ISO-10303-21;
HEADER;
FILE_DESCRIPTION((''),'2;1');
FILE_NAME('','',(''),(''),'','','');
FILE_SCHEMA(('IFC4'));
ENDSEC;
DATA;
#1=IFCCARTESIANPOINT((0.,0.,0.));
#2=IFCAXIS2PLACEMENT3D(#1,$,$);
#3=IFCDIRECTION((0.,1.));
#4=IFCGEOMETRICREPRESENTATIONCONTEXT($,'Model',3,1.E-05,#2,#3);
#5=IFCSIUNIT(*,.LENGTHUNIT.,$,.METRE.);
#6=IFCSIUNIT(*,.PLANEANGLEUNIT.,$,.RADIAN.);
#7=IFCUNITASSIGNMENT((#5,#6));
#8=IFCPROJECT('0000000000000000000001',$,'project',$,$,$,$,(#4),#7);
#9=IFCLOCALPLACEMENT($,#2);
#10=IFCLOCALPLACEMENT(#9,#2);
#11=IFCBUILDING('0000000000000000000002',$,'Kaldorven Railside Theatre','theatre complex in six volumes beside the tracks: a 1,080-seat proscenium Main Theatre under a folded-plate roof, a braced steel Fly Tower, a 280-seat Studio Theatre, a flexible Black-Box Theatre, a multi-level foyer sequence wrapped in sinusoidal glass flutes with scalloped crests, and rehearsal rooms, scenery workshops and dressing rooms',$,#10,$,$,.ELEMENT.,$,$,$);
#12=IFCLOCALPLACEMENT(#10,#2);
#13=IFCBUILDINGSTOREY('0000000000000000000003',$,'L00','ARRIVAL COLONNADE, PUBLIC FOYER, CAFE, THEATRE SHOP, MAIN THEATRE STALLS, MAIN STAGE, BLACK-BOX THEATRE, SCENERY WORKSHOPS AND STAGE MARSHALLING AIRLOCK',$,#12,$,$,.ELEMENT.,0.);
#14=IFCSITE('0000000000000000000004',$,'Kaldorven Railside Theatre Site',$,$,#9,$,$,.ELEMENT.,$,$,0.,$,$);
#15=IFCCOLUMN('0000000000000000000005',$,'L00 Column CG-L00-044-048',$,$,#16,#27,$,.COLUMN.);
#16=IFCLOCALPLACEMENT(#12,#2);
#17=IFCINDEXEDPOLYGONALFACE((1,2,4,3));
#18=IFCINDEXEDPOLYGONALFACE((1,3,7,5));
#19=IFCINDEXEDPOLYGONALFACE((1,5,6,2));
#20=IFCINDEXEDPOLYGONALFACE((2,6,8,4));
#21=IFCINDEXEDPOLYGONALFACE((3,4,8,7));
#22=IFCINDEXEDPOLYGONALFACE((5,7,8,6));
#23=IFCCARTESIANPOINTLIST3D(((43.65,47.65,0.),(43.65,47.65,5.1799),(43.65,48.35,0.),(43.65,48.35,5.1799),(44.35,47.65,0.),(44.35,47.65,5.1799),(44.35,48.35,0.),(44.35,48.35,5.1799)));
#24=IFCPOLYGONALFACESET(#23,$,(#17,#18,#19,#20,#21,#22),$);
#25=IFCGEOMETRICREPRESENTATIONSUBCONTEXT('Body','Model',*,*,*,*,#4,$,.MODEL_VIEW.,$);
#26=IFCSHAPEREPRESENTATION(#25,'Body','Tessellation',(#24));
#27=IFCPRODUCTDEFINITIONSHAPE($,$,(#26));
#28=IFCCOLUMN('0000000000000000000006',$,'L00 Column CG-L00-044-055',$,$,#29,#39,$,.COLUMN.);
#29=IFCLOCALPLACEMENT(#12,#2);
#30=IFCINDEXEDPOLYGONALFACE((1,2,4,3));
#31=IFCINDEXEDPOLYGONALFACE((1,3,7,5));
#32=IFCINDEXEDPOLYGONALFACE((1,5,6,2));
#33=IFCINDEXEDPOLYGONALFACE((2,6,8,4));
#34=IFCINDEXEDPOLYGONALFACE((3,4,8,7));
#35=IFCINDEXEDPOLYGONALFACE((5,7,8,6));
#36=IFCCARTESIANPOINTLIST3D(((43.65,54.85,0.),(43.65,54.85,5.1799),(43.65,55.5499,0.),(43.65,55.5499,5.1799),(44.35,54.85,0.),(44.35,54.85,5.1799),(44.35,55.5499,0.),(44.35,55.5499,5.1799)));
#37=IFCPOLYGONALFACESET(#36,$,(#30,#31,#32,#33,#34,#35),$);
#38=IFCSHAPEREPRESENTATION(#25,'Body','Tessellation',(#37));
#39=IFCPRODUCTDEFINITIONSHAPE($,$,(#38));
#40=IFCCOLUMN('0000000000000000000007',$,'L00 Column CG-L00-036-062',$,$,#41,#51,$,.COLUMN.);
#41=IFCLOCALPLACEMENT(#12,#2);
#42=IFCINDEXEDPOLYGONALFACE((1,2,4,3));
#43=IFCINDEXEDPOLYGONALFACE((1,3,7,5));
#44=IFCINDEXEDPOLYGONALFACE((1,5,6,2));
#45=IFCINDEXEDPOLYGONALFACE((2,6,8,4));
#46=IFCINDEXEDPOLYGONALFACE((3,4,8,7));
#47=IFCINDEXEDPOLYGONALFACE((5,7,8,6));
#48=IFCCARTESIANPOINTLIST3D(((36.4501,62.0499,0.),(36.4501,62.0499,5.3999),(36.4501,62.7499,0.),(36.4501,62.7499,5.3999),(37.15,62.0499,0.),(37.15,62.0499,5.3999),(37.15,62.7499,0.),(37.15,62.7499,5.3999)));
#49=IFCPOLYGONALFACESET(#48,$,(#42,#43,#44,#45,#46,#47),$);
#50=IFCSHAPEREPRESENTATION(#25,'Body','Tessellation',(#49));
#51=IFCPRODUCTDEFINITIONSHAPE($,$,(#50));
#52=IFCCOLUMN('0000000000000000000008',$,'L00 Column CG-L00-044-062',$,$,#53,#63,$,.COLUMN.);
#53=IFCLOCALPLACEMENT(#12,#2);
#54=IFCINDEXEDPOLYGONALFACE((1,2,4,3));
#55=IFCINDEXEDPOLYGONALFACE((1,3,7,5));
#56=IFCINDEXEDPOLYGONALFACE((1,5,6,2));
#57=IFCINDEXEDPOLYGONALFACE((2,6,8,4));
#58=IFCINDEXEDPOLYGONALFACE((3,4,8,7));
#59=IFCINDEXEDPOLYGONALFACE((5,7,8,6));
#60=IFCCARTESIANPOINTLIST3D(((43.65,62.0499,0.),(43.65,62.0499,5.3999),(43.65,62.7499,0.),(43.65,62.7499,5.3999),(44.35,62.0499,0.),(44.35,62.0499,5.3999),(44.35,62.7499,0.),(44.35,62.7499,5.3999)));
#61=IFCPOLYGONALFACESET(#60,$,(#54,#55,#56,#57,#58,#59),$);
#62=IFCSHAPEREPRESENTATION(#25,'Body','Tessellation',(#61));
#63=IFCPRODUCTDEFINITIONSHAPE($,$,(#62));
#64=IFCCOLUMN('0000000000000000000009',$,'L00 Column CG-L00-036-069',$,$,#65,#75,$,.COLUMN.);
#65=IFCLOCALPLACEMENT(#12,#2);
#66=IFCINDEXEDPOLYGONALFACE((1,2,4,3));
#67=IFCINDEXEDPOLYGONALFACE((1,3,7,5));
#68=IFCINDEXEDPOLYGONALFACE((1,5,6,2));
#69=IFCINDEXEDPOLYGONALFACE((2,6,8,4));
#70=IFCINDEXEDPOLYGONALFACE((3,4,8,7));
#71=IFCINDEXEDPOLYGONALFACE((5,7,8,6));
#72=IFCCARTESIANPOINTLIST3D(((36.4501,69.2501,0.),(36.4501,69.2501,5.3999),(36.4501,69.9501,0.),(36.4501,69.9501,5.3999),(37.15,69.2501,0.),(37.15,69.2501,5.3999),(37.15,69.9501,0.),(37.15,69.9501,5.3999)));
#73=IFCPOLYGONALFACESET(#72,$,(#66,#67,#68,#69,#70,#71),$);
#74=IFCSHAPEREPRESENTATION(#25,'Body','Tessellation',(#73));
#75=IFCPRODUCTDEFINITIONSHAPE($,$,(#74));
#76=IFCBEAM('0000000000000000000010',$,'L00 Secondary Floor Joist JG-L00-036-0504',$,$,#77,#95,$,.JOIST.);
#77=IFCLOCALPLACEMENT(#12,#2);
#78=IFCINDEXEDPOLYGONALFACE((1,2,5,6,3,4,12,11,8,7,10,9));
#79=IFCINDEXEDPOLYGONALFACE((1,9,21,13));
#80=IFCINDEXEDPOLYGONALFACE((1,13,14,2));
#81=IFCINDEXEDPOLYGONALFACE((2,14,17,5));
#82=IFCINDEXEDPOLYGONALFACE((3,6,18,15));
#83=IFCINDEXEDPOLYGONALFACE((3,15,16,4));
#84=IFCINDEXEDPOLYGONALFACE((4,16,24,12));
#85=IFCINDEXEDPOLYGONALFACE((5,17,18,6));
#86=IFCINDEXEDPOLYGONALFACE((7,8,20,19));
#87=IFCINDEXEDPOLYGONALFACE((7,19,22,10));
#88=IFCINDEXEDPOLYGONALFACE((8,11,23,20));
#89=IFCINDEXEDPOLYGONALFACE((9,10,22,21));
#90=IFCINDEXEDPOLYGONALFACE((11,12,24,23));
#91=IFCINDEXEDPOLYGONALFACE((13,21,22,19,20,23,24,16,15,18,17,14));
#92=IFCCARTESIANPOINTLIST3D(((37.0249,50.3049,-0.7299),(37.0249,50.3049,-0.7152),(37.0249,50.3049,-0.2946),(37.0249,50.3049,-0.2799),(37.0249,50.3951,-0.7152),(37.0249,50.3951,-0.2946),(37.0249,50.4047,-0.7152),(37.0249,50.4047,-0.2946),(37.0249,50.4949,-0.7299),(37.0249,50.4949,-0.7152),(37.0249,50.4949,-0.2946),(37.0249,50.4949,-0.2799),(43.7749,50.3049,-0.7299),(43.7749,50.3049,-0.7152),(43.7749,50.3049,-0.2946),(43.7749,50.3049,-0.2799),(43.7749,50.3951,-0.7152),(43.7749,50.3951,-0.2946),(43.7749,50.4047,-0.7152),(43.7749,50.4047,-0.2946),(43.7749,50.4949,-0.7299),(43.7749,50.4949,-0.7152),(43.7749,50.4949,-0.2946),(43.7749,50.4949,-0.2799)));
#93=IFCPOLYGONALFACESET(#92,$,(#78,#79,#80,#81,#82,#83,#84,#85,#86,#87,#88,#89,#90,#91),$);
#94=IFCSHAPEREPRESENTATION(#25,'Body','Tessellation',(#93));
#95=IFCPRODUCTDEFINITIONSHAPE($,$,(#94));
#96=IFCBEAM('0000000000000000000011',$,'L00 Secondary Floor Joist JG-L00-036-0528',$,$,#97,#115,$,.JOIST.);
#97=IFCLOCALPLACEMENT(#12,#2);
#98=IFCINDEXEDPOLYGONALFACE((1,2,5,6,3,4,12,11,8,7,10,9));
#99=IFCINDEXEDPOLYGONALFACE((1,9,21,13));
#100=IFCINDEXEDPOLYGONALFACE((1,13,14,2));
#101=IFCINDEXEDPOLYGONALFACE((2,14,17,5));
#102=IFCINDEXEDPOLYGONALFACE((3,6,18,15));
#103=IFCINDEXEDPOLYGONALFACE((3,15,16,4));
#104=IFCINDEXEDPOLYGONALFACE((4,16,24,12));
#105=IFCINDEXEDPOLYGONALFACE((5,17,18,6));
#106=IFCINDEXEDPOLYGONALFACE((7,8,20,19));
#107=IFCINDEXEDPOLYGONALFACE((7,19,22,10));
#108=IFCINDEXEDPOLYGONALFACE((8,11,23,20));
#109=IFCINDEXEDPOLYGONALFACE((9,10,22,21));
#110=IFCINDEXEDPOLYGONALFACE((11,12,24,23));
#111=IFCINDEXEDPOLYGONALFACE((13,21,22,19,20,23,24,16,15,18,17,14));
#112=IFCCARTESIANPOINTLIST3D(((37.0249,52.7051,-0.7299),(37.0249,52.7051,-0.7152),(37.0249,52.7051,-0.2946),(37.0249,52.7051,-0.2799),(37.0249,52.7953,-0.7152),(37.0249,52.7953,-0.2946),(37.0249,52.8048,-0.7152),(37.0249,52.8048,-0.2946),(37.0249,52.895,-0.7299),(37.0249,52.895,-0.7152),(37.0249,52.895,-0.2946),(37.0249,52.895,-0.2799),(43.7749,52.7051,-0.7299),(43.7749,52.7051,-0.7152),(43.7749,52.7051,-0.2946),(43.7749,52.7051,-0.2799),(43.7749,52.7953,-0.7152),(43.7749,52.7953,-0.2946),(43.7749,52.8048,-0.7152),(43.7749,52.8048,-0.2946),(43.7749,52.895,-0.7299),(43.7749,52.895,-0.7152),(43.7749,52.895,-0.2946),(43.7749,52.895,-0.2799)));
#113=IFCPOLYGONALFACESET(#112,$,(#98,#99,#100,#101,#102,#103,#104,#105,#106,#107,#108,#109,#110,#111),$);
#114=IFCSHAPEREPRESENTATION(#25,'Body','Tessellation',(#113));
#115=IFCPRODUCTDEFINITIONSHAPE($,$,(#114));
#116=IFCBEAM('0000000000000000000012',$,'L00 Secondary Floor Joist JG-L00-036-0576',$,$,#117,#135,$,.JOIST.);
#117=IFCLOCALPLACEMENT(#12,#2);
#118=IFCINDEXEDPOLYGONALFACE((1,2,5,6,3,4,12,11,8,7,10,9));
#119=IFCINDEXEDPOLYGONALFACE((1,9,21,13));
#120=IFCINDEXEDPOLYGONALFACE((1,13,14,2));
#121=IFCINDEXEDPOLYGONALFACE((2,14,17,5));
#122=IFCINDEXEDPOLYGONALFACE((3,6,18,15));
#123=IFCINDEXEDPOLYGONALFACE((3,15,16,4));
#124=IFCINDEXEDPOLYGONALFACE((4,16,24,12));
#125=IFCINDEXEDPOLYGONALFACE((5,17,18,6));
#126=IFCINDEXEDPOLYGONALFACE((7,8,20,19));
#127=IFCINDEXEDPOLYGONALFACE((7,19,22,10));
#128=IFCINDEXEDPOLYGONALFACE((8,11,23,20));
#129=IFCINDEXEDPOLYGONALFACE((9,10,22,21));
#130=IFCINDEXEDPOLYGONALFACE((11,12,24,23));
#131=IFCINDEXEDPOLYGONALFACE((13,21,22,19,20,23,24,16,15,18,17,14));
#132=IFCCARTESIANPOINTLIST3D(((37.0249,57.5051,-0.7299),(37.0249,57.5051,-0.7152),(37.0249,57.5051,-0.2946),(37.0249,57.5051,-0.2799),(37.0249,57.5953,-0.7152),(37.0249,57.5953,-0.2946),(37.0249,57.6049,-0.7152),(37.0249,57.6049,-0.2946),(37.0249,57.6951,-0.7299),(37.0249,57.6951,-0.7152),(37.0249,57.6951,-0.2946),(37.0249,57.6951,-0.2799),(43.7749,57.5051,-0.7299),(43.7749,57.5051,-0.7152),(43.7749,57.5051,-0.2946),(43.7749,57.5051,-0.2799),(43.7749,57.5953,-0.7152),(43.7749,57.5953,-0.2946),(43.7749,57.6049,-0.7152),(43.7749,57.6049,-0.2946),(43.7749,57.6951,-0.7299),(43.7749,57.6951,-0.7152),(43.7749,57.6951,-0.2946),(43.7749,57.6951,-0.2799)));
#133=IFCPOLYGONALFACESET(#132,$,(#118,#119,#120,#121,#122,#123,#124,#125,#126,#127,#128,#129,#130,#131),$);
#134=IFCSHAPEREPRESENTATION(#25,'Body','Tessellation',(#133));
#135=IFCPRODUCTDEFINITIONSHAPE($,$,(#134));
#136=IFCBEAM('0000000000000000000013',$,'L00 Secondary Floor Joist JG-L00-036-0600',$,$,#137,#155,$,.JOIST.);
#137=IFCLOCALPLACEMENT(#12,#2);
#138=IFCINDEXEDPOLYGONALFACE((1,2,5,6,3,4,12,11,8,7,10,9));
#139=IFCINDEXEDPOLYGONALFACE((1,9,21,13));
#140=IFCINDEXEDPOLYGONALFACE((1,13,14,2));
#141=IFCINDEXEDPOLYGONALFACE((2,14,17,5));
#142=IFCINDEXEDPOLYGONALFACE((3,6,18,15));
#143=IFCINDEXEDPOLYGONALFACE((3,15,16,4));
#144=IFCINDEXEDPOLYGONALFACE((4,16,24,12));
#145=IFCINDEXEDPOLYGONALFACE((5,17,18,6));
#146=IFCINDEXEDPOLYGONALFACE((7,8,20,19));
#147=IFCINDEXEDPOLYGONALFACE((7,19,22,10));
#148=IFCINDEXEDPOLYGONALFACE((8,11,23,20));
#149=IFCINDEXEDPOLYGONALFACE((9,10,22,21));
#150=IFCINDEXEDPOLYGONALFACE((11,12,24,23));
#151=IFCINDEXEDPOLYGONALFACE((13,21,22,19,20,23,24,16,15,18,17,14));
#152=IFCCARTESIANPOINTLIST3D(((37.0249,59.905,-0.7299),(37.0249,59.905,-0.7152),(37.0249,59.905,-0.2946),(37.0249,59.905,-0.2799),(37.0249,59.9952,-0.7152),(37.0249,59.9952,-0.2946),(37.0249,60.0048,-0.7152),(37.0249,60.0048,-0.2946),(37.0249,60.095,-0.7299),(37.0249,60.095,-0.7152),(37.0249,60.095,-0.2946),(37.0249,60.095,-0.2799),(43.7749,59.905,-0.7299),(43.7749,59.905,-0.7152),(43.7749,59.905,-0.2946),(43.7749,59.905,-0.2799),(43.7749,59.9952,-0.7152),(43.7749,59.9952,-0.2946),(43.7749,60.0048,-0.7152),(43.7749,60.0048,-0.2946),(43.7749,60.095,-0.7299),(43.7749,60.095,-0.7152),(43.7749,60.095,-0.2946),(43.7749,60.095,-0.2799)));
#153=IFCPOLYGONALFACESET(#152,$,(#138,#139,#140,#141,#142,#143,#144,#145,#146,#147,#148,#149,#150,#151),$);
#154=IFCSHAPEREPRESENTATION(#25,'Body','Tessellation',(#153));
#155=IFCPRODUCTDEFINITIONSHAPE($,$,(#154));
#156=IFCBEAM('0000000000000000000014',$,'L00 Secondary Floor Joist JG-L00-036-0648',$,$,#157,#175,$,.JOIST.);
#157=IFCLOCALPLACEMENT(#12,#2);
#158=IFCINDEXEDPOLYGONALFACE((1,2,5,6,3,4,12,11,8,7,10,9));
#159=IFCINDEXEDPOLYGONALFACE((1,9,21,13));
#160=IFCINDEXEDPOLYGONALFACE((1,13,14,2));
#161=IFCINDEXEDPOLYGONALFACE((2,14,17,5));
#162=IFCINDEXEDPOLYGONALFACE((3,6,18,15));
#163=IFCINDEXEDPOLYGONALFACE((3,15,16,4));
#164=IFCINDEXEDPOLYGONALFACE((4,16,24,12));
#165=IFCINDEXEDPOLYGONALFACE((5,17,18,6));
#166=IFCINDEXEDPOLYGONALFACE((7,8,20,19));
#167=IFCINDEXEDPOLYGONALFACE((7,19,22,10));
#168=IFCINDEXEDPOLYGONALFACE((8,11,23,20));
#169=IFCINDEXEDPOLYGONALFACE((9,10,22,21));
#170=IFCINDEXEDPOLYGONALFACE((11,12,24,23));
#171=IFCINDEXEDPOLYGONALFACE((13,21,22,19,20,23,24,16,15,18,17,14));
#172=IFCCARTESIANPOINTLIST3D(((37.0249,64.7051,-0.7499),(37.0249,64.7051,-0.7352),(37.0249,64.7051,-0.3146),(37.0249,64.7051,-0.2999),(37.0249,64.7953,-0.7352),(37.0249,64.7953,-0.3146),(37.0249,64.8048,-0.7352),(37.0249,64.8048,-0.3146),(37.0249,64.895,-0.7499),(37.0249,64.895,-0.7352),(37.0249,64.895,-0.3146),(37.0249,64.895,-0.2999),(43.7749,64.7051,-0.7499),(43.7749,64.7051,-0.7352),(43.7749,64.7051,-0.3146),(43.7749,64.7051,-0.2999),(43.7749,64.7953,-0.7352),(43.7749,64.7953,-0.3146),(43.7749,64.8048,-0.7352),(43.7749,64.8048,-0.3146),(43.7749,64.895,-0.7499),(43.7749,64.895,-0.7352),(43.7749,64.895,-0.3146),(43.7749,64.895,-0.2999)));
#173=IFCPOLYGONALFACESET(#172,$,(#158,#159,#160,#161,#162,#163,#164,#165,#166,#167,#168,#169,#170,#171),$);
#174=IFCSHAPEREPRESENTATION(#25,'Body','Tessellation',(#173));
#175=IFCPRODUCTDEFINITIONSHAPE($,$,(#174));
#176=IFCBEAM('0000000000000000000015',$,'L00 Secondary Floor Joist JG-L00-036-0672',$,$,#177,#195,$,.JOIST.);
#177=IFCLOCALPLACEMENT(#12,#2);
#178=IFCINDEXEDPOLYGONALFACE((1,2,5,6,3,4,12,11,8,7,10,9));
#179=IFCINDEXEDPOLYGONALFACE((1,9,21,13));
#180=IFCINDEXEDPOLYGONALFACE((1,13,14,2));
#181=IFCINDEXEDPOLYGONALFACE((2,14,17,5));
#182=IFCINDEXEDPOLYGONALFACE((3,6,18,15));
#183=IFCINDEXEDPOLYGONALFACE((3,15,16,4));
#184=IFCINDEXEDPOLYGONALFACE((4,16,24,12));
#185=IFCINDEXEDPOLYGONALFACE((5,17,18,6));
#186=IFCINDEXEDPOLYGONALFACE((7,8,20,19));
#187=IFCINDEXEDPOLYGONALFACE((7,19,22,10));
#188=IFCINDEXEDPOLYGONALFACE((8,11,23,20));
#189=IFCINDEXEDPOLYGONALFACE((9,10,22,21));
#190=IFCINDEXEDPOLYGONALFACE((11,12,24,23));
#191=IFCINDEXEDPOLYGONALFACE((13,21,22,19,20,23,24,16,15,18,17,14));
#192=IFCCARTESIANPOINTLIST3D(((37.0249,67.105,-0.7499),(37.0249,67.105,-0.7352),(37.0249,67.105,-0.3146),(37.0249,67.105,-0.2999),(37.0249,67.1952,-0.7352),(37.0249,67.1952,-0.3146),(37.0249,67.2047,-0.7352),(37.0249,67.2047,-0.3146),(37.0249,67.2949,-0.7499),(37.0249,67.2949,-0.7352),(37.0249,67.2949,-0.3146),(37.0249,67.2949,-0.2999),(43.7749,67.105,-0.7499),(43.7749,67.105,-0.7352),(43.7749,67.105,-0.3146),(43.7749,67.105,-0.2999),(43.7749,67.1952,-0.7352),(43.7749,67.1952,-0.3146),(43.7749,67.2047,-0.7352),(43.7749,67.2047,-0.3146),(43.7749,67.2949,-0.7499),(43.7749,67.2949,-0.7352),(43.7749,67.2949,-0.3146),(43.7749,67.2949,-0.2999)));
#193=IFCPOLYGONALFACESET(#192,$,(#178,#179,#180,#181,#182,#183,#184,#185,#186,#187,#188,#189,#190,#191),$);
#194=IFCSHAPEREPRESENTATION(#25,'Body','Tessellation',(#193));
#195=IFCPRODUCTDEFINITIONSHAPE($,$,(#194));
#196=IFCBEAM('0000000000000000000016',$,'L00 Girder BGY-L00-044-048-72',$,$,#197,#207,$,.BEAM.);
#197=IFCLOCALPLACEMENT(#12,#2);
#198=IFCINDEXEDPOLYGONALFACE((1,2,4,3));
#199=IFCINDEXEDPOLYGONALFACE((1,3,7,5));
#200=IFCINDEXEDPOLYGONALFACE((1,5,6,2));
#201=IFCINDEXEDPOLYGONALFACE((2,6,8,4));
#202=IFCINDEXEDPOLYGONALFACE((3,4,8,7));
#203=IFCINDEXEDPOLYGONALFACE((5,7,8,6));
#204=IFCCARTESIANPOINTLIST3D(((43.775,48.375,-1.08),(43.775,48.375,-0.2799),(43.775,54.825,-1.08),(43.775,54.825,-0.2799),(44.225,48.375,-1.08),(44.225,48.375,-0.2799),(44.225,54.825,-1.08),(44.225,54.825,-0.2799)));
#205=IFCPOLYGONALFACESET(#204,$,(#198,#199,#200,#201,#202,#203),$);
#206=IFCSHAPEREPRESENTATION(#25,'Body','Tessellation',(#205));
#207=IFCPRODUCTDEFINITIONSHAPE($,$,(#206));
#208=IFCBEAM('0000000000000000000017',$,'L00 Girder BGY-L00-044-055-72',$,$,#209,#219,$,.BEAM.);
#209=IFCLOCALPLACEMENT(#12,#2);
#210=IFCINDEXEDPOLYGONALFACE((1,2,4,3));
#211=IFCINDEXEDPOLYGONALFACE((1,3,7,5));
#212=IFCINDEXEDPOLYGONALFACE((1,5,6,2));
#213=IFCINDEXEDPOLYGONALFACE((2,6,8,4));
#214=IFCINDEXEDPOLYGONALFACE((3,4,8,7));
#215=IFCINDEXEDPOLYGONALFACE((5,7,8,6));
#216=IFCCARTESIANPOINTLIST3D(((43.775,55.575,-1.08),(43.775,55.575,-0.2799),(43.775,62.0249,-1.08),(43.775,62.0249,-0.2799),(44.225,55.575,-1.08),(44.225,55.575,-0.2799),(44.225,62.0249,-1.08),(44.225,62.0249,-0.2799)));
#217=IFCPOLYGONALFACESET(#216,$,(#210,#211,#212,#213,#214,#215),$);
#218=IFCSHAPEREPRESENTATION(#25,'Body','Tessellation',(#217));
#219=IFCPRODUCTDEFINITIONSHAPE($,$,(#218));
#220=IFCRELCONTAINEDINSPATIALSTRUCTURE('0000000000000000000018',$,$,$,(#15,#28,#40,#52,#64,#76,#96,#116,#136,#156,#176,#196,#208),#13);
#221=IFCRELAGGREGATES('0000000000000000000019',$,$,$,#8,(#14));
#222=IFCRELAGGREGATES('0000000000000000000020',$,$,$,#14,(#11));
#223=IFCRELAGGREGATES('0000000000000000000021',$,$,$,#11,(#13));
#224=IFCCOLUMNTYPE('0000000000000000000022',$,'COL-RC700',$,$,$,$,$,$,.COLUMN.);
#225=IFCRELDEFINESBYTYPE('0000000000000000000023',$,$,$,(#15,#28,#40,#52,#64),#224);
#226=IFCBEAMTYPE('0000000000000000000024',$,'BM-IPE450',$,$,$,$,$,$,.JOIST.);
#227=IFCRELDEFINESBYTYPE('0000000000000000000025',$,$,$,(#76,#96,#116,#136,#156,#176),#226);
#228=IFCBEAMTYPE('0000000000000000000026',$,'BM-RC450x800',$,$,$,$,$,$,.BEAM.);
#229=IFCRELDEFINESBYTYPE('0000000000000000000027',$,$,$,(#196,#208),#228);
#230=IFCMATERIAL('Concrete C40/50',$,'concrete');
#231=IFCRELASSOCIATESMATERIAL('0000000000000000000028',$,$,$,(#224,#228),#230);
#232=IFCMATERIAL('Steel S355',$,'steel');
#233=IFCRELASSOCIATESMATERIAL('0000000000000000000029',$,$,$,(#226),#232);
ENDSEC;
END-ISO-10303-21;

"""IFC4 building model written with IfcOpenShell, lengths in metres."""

from ifc_helpers import new_model, si_unit, direction, frame, origin, origin_2d, place, context, subcontext, project, spatial, rectangle, i_section, extrude, material, material_profile, profile_set, type_object, element, save


model = new_model("IFC4")

# Units and contexts
model_context = context("Model", 3, precision=1e-05, world=origin(), true_north=direction((0.0, 1.0)))
body_context = subcontext(model_context, "Body", "Model", "MODEL_VIEW")
ifc_project = project(units=[si_unit("LENGTHUNIT", "METRE"), si_unit("PLANEANGLEUNIT", "RADIAN")], contexts=[model_context])

# Site, building, storey
site_placement = place(None, origin())
site = spatial("IfcSite", under=ifc_project, at=site_placement, Name="Kaldorven Railside Theatre Site", CompositionType="ELEMENT", RefElevation=0.0)
building_placement = place(site_placement, origin())
building = spatial("IfcBuilding", under=site, at=building_placement, Name="Kaldorven Railside Theatre", Description="theatre complex in six volumes beside the tracks: a 1,080-seat proscenium Main Theatre under a folded-plate roof, a braced steel Fly Tower, a 280-seat Studio Theatre, a flexible Black-Box Theatre, a multi-level foyer sequence wrapped in sinusoidal glass flutes with scalloped crests, and rehearsal rooms, scenery workshops and dressing rooms", CompositionType="ELEMENT")
storey_placement = place(building_placement, origin())
storey = spatial("IfcBuildingStorey", under=building, at=storey_placement, Name="L00", Description="ARRIVAL COLONNADE, PUBLIC FOYER, CAFE, THEATRE SHOP, MAIN THEATRE STALLS, MAIN STAGE, BLACK-BOX THEATRE, SCENERY WORKSHOPS AND STAGE MARSHALLING AIRLOCK", CompositionType="ELEMENT", Elevation=0.0)

# Columns
ifc_material_1 = material(Name="Concrete C40/50", Category="concrete")
ifc_material_profile_1 = material_profile(ifc_material_1, rectangle(XDim=0.7, YDim=0.7, at=origin_2d()), Name="RC 700x700")
ifc_profile_set_1 = profile_set([ifc_material_profile_1], Name="Concrete C40/50")
column_type = type_object("IfcColumnType", Name="COL-RC700", PredefinedType="COLUMN", material=ifc_profile_set_1)
for number, where, z_axis, x_axis, name in (
    (1, (44.0, 48.0, 0.0), (0.0, 0.0, 1.0), (1.0, 0.0, 0.0), "L00 Column CG-L00-044-048"),
    (2, (44.0, 55.2, 0.0), (0.0, 0.0, 1.0), (0.0, 1.0, 0.0), "L00 Column CG-L00-044-055"),
):
    element("IfcColumn", number, at=place(storey_placement, frame(where, z_axis=z_axis, x_axis=x_axis)), inside=storey, type_object=column_type, Name=name, PredefinedType="COLUMN", context=body_context, shape_type="SweptSolid", body=[
        extrude(rectangle(XDim=0.7, YDim=0.7, at=origin_2d()), origin(), (0.0, 0.0, 1.0), 5.1799),
    ])
for number, where, z_axis, x_axis, name in (
    (3, (36.8, 62.3999, 0.0), (0.0, 0.0, 1.0), (0.0, 1.0, 0.0), "L00 Column CG-L00-036-062"),
    (4, (44.0, 62.3999, 0.0), (0.0, 0.0, 1.0), (1.0, 0.0, 0.0), "L00 Column CG-L00-044-062"),
    (5, (36.8, 69.6001, 0.0), (0.0, 0.0, 1.0), (1.0, 0.0, 0.0), "L00 Column CG-L00-036-069"),
):
    element("IfcColumn", number, at=place(storey_placement, frame(where, z_axis=z_axis, x_axis=x_axis)), inside=storey, type_object=column_type, Name=name, PredefinedType="COLUMN", context=body_context, shape_type="SweptSolid", body=[
        extrude(rectangle(XDim=0.7, YDim=0.7, at=origin_2d()), origin(), (0.0, 0.0, 1.0), 5.3999),
    ])

# Beams
ifc_material_2 = material(Name="Steel S355", Category="steel")
ifc_material_profile_2 = material_profile(ifc_material_2, i_section(OverallWidth=0.1899, OverallDepth=0.45, WebThickness=0.0095, FlangeThickness=0.0146, at=origin_2d()), Name="IPE 450")
ifc_profile_set_2 = profile_set([ifc_material_profile_2], Name="Steel S355")
beam_type_1 = type_object("IfcBeamType", Name="BM-IPE450", PredefinedType="JOIST", material=ifc_profile_set_2)
for number, where, z_axis, x_axis, name in (
    (6, (37.0249, 50.3999, -0.5049), (1.0, 0.0, 0.0), (0.0, 1.0, 0.0), "L00 Secondary Floor Joist JG-L00-036-0504"),
    (7, (37.0249, 52.8, -0.5049), (1.0, 0.0, 0.0), (0.0, 1.0, 0.0), "L00 Secondary Floor Joist JG-L00-036-0528"),
    (8, (37.0249, 57.6001, -0.5049), (1.0, 0.0, 0.0), (0.0, 1.0, 0.0), "L00 Secondary Floor Joist JG-L00-036-0576"),
    (9, (37.0249, 60.0, -0.5049), (1.0, 0.0, 0.0), (0.0, 1.0, 0.0), "L00 Secondary Floor Joist JG-L00-036-0600"),
    (10, (37.0249, 64.8, -0.5249), (1.0, 0.0, 0.0), (0.0, 1.0, 0.0), "L00 Secondary Floor Joist JG-L00-036-0648"),
    (11, (37.0249, 67.2, -0.5249), (1.0, 0.0, 0.0), (0.0, 1.0, 0.0), "L00 Secondary Floor Joist JG-L00-036-0672"),
):
    element("IfcBeam", number, at=place(storey_placement, frame(where, z_axis=z_axis, x_axis=x_axis)), inside=storey, type_object=beam_type_1, Name=name, PredefinedType="JOIST", context=body_context, shape_type="SweptSolid", body=[
        extrude(i_section(OverallWidth=0.1899, OverallDepth=0.45, WebThickness=0.0095, FlangeThickness=0.0146, at=origin_2d()), origin(), (0.0, 0.0, 1.0), 6.75),
    ])
ifc_material_profile_3 = material_profile(ifc_material_1, rectangle(XDim=0.45, YDim=0.8, at=origin_2d()), Name="RC 450x800")
ifc_profile_set_3 = profile_set([ifc_material_profile_3], Name="Concrete C40/50")
beam_type_2 = type_object("IfcBeamType", Name="BM-RC450x800", PredefinedType="BEAM", material=ifc_profile_set_3)
for number, where, z_axis, x_axis, name in (
    (12, (44.0, 48.375, -0.6799), (0.0, 1.0, 0.0), (-1.0, 0.0, 0.0), "L00 Girder BGY-L00-044-048-72"),
    (13, (44.0, 55.575, -0.6799), (0.0, 1.0, 0.0), (-1.0, 0.0, 0.0), "L00 Girder BGY-L00-044-055-72"),
):
    element("IfcBeam", number, at=place(storey_placement, frame(where, z_axis=z_axis, x_axis=x_axis)), inside=storey, type_object=beam_type_2, Name=name, PredefinedType="BEAM", context=body_context, shape_type="SweptSolid", body=[
        extrude(rectangle(XDim=0.45, YDim=0.8, at=origin_2d()), origin(), (0.0, 0.0, 1.0), 6.45),
    ])

save(model, "model.ifc")
